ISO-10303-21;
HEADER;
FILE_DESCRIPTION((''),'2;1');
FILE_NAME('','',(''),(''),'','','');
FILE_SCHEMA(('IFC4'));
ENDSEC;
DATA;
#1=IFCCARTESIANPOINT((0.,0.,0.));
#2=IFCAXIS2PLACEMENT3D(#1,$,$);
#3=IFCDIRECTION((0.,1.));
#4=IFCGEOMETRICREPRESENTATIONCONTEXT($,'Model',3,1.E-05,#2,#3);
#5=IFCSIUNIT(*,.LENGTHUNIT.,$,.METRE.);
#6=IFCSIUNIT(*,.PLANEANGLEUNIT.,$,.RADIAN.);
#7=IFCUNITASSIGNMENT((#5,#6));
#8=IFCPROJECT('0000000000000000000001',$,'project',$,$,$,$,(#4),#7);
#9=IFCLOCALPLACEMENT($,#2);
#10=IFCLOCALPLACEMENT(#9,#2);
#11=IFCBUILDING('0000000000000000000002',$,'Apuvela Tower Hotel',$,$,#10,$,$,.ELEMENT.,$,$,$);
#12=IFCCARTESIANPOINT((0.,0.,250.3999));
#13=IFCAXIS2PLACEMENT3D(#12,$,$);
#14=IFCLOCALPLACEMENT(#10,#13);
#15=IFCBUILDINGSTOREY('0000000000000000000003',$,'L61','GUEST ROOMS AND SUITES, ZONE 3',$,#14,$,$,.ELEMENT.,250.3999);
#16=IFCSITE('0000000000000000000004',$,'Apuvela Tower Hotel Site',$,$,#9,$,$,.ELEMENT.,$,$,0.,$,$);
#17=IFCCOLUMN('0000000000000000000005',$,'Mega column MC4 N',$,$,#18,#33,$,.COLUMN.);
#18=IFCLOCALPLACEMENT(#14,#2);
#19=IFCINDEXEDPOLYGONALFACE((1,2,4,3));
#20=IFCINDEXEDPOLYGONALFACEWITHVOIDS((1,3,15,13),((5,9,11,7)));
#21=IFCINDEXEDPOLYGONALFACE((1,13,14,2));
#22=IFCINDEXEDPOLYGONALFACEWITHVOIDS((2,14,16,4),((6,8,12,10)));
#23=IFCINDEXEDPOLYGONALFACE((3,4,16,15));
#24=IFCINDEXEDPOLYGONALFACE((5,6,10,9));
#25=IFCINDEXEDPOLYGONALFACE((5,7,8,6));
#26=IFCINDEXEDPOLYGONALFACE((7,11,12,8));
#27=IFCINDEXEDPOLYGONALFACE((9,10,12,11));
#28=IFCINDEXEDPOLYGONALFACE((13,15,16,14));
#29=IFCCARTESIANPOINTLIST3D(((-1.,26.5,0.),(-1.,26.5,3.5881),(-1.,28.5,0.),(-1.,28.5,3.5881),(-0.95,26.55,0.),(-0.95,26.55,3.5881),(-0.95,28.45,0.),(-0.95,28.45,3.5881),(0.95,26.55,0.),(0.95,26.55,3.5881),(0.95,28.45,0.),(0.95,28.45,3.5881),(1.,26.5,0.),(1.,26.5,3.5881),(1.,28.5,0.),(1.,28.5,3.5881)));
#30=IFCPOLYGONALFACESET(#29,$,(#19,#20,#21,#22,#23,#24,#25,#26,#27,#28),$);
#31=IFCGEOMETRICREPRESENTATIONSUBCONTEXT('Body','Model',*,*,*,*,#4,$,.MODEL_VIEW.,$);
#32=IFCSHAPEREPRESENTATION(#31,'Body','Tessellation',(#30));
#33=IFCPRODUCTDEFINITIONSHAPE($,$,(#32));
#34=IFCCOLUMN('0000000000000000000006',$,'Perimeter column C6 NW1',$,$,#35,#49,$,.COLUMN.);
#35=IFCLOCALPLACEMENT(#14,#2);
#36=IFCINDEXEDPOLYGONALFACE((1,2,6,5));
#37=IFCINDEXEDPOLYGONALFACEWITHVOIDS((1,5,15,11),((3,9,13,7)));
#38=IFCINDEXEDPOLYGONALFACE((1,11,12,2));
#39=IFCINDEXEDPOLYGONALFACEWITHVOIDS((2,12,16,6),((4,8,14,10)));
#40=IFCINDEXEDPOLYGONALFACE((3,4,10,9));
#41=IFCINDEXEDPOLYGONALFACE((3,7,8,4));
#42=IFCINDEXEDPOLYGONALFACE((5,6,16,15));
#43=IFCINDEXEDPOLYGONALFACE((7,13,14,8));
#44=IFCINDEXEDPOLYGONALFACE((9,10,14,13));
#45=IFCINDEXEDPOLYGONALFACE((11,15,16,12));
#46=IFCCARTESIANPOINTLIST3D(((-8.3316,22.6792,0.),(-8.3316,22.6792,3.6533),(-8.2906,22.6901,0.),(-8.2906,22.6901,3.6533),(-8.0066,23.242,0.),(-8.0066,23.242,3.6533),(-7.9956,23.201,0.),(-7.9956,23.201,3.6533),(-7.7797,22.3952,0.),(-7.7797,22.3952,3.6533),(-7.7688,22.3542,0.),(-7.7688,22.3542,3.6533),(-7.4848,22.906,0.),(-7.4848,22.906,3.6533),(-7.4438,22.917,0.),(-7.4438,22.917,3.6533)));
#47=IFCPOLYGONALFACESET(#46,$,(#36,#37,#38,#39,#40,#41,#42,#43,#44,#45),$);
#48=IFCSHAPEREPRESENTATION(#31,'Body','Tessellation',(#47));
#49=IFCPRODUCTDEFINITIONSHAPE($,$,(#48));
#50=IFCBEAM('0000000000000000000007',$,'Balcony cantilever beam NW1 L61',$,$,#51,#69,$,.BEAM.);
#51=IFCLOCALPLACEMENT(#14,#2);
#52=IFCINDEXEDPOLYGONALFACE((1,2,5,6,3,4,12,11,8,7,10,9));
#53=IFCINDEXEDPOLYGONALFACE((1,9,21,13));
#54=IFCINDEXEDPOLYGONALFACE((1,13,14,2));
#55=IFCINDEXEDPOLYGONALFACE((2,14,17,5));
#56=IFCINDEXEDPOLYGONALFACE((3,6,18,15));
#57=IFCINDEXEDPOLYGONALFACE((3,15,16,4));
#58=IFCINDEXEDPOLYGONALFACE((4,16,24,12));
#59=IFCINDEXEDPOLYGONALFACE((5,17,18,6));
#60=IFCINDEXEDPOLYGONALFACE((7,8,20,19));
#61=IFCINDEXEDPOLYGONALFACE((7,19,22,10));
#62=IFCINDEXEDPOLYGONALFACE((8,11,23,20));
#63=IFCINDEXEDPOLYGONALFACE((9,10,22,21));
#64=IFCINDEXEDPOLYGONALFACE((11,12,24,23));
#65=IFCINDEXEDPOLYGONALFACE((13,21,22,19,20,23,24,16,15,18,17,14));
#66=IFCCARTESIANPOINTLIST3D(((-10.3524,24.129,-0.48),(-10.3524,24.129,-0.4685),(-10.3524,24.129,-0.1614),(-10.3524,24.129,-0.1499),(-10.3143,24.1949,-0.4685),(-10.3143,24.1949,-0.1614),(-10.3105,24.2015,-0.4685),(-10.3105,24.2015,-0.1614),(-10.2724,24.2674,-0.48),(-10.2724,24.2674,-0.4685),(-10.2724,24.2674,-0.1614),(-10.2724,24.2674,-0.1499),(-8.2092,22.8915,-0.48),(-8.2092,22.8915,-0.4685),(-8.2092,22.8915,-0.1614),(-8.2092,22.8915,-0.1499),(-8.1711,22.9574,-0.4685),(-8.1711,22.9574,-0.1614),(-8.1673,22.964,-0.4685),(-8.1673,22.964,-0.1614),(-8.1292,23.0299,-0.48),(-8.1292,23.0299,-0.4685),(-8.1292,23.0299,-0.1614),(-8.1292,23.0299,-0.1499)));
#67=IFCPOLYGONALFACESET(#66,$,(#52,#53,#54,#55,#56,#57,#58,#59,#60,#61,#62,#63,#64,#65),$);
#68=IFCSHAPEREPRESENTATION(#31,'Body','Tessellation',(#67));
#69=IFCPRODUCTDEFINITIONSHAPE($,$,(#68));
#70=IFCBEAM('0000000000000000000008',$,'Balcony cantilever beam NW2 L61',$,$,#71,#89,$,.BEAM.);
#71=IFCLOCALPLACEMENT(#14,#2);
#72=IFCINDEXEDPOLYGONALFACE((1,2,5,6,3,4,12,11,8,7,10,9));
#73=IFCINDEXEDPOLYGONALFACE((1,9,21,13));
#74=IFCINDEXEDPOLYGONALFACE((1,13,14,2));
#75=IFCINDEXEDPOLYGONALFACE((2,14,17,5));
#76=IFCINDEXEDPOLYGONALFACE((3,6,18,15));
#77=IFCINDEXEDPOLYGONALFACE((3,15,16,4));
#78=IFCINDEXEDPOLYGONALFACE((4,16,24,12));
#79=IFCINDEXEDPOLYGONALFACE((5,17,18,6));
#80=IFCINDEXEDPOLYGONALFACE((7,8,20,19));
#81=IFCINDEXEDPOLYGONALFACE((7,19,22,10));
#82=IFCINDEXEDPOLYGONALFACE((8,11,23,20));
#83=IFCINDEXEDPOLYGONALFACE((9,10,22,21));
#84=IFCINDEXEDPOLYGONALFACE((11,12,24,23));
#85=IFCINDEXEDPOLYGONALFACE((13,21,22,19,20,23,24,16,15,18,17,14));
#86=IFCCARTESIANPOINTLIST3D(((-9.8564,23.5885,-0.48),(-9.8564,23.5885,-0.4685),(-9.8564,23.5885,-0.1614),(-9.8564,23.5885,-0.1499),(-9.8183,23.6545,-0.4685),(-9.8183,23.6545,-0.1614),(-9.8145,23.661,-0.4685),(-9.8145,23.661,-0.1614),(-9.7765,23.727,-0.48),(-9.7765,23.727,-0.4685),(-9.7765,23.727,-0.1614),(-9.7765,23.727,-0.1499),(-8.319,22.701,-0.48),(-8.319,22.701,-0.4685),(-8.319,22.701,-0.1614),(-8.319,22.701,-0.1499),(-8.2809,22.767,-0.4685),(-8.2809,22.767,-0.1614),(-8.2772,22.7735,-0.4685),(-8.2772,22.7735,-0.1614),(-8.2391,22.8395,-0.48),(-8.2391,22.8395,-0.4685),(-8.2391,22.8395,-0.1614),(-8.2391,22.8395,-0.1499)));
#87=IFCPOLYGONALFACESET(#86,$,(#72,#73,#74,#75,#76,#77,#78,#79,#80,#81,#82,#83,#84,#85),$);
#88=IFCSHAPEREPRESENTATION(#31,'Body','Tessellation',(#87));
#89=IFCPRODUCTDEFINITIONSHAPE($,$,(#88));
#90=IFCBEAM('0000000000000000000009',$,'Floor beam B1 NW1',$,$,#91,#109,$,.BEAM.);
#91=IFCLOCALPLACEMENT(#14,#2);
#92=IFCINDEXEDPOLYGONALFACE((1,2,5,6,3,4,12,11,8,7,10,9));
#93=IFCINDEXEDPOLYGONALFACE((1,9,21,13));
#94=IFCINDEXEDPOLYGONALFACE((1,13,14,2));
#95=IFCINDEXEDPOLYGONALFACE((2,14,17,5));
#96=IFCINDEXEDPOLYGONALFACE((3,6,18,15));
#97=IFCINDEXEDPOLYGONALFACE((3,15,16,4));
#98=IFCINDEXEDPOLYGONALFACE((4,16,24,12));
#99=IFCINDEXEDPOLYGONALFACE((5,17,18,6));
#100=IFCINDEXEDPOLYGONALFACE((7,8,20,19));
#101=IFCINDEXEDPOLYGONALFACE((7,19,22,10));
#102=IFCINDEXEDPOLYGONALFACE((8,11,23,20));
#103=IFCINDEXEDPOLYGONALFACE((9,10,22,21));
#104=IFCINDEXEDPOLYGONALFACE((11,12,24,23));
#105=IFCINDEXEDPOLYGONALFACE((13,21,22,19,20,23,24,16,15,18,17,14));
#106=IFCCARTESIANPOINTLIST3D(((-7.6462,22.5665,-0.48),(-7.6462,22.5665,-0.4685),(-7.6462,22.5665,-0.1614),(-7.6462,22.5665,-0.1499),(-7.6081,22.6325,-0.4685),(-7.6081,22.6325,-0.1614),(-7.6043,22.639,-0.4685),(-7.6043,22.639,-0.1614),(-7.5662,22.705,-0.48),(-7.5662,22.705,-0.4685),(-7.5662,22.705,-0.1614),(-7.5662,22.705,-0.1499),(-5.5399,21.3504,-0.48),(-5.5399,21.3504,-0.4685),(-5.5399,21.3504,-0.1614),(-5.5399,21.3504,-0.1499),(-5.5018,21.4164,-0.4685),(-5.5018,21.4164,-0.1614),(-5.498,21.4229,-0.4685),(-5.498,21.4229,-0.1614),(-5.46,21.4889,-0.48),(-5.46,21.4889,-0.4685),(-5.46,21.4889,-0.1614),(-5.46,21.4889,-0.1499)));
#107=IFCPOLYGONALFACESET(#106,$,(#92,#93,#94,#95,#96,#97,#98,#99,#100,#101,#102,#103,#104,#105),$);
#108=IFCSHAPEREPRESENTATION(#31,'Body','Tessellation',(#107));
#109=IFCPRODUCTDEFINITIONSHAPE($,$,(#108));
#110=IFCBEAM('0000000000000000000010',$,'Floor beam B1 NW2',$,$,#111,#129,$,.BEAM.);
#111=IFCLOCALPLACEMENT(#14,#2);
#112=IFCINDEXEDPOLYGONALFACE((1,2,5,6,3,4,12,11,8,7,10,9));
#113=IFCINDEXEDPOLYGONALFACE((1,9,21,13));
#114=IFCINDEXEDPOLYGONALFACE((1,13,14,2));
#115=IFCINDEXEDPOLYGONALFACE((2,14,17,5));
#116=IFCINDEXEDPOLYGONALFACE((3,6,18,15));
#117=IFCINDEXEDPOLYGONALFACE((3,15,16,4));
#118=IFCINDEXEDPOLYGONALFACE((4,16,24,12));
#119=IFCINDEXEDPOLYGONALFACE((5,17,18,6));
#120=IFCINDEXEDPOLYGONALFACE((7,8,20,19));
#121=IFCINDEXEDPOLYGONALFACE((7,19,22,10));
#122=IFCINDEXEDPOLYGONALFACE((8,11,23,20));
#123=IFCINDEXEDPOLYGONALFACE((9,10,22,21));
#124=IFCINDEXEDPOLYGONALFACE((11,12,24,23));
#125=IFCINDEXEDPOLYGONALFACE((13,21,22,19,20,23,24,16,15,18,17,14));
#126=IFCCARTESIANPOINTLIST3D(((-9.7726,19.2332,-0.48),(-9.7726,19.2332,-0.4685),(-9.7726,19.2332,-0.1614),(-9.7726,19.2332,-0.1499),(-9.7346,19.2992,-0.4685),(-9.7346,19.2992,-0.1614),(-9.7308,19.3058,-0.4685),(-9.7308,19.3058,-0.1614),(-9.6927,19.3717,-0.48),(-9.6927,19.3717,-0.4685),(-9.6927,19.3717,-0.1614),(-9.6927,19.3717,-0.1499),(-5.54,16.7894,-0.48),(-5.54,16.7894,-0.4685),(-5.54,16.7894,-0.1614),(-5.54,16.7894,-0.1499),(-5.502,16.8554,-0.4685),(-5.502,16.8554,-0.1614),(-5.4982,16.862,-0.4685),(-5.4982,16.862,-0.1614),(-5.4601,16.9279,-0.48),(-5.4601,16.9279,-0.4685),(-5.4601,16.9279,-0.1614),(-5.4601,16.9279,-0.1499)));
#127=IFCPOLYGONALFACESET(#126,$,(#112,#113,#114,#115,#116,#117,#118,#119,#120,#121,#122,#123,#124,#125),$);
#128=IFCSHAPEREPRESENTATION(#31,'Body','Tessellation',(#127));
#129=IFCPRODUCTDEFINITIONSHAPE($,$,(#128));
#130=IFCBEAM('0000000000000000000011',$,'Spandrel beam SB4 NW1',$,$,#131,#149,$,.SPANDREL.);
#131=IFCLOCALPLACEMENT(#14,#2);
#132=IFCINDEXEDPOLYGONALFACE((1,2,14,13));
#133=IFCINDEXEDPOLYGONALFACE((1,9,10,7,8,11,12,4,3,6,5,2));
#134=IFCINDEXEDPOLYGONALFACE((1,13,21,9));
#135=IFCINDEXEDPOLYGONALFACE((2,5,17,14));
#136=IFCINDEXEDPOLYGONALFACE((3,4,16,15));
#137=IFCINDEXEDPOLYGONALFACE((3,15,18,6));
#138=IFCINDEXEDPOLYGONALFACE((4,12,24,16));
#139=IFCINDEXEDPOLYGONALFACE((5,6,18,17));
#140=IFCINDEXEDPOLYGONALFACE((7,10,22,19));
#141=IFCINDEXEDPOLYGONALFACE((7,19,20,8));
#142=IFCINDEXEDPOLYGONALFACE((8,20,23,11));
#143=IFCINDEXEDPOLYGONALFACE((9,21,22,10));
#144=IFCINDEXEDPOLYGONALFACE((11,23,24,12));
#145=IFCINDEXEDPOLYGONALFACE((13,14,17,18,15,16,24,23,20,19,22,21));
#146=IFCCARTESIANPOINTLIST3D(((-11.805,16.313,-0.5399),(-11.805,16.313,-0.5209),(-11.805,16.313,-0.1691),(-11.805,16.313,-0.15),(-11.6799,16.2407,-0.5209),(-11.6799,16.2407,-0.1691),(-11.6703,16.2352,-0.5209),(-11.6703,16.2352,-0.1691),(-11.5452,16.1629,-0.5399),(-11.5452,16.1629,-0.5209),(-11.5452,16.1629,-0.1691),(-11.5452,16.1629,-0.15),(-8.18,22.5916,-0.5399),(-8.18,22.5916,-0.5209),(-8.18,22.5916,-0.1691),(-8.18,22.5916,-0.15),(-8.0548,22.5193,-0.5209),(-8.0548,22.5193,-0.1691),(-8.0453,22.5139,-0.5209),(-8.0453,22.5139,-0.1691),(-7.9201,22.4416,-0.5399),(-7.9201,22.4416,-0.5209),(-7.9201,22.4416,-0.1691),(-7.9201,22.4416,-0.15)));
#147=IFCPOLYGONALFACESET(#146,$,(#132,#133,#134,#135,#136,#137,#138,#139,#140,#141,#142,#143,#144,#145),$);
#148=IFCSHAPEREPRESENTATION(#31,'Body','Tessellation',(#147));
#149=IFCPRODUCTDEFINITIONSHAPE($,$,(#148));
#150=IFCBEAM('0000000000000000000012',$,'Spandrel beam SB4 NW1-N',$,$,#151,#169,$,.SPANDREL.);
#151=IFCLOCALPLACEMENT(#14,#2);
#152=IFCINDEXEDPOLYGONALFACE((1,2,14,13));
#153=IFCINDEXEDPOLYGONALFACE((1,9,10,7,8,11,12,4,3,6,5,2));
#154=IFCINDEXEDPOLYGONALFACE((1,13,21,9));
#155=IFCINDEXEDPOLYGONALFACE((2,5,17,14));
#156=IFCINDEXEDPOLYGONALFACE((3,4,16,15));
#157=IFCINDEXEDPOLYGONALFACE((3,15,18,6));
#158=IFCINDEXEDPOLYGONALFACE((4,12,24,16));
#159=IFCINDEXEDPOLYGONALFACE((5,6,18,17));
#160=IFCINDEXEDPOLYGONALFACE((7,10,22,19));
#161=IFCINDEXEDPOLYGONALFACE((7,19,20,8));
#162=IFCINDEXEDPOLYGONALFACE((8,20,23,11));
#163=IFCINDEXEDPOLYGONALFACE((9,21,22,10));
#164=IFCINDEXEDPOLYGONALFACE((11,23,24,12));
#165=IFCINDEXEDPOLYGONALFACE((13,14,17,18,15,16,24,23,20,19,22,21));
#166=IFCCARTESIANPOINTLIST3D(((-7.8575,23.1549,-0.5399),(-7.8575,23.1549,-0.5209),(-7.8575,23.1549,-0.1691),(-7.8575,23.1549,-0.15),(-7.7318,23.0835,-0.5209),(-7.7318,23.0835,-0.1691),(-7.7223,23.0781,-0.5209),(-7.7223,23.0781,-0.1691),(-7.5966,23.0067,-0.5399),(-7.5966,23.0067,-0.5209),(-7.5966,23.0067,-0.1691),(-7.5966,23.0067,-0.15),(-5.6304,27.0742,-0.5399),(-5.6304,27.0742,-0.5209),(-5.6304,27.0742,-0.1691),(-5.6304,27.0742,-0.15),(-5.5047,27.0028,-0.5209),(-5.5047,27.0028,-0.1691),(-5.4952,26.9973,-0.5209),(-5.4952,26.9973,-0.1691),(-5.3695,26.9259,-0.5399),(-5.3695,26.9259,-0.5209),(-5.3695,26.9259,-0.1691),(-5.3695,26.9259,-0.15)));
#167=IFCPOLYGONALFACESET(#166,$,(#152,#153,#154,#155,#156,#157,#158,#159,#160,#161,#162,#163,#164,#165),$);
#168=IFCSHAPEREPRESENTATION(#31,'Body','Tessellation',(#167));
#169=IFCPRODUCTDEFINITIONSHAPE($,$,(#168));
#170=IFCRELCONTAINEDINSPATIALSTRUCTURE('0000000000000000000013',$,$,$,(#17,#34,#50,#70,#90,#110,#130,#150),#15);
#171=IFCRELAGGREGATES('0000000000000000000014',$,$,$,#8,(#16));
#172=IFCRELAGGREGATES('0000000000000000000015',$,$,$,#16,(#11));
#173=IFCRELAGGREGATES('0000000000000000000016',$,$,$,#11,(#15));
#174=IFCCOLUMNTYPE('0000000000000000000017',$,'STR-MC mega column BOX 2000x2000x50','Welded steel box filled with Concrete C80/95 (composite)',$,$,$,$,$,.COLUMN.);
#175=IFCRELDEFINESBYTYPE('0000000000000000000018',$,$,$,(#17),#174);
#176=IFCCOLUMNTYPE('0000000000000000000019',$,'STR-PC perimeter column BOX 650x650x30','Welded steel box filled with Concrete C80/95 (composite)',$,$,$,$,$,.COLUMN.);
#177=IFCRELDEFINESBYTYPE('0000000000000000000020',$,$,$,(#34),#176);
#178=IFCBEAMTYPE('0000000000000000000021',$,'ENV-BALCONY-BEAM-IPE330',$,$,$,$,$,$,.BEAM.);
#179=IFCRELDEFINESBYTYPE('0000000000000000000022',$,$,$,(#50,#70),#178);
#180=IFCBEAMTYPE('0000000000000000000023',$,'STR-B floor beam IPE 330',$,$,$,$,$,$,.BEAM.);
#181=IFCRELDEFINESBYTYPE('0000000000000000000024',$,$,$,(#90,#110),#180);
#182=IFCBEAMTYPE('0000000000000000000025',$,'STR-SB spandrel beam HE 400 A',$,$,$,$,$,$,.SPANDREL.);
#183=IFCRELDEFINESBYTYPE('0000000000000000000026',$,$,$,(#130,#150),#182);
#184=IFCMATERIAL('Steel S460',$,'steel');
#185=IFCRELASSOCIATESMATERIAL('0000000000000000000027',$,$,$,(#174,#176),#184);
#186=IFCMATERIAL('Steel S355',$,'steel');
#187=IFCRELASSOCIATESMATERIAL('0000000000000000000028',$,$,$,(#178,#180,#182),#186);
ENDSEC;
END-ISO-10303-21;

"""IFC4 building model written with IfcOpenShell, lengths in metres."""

from ifc_helpers import new_model, si_unit, direction, frame, origin, origin_2d, place, context, subcontext, project, spatial, rectangle, hollow_rectangle, i_section, extrude, boolean, halfspace, material, material_profile, profile_set, type_object, element, save


model = new_model("IFC4")

# Units and contexts
model_context = context("Model", 3, precision=1e-05, world=origin(), true_north=direction((0.0, 1.0)))
body_context = subcontext(model_context, "Body", "Model", "MODEL_VIEW")
ifc_project = project(units=[si_unit("LENGTHUNIT", "METRE"), si_unit("PLANEANGLEUNIT", "RADIAN")], contexts=[model_context])

# Site, building, storey
site_placement = place(None, origin())
site = spatial("IfcSite", under=ifc_project, at=site_placement, Name="Apuvela Tower Hotel Site", CompositionType="ELEMENT", RefElevation=0.0)
building_placement = place(site_placement, origin())
building = spatial("IfcBuilding", under=site, at=building_placement, Name="Apuvela Tower Hotel", CompositionType="ELEMENT")
storey_placement = place(building_placement, frame((0.0, 0.0, 250.3999)))
storey = spatial("IfcBuildingStorey", under=building, at=storey_placement, Name="L61", Description="GUEST ROOMS AND SUITES, ZONE 3", CompositionType="ELEMENT", Elevation=250.3999)

# Columns
ifc_material_1 = material(Name="Steel S460", Category="steel")
ifc_material_profile_1 = material_profile(ifc_material_1, hollow_rectangle(XDim=2.0, YDim=2.0, WallThickness=0.05, at=origin_2d()), Name="BOX 2000x2000x50")
ifc_material_2 = material(Name="Concrete C80/95", Category="concrete")
ifc_material_profile_2 = material_profile(ifc_material_2, rectangle(XDim=1.8999, YDim=1.8999, at=origin_2d()), Name="Concrete C80/95 infill")
ifc_profile_set_1 = profile_set([ifc_material_profile_1, ifc_material_profile_2], Name="Steel S460")
column_type_1 = type_object("IfcColumnType", Name="STR-MC mega column BOX 2000x2000x50", Description="Welded steel box filled with Concrete C80/95 (composite)", PredefinedType="COLUMN", material=ifc_profile_set_1)
column_1_placement = place(storey_placement, frame((0.0, 27.5, 0.0), z_axis=(0.0, 0.0, 1.0), x_axis=(1.0, 0.0, 0.0)))
element("IfcColumn", 1, at=column_1_placement, inside=storey, type_object=column_type_1, Name="Mega column MC4 N", PredefinedType="COLUMN", context=body_context, shape_type="SweptSolid", body=[
    boolean("DIFFERENCE", extrude(hollow_rectangle(XDim=2.0, YDim=2.0, WallThickness=0.05, at=origin_2d()), origin(), (0.0, 0.0, 1.0), 3.7002), halfspace(frame((0.0, 0.0, 3.5881), z_axis=(0.0, 0.0, 1.0), x_axis=(1.0, 0.0, 0.0)), False)),
])
ifc_material_profile_3 = material_profile(ifc_material_1, hollow_rectangle(XDim=0.6499, YDim=0.6499, WallThickness=0.03, at=origin_2d()), Name="BOX 650x650x30")
ifc_material_profile_4 = material_profile(ifc_material_2, rectangle(XDim=0.5901, YDim=0.5901, at=origin_2d()), Name="Concrete C80/95 infill")
ifc_profile_set_2 = profile_set([ifc_material_profile_3, ifc_material_profile_4], Name="Steel S460")
column_type_2 = type_object("IfcColumnType", Name="STR-PC perimeter column BOX 650x650x30", Description="Welded steel box filled with Concrete C80/95 (composite)", PredefinedType="COLUMN", material=ifc_profile_set_2)
column_2_placement = place(storey_placement, frame((-7.8877, 22.7981, 0.0), z_axis=(0.0, 0.0, 1.0), x_axis=(0.5, 0.866025, 0.0)))
element("IfcColumn", 2, at=column_2_placement, inside=storey, type_object=column_type_2, Name="Perimeter column C6 NW1", PredefinedType="COLUMN", context=body_context, shape_type="SweptSolid", body=[
    boolean("DIFFERENCE", extrude(hollow_rectangle(XDim=0.6499, YDim=0.6499, WallThickness=0.03, at=origin_2d()), origin(), (0.0, 0.0, 1.0), 3.7002), halfspace(frame((0.0, 0.0, 3.6533), z_axis=(0.0, 0.0, 1.0), x_axis=(1.0, 0.0, 0.0)), False)),
])

# Beams
ifc_material_3 = material(Name="Steel S355", Category="steel")
ifc_material_profile_5 = material_profile(ifc_material_3, i_section(OverallWidth=0.1599, OverallDepth=0.3301, WebThickness=0.0076, FlangeThickness=0.0115, at=origin_2d()), Name="IPE 330")
ifc_profile_set_3 = profile_set([ifc_material_profile_5], Name="Steel S355")
beam_type_1 = type_object("IfcBeamType", Name="ENV-BALCONY-BEAM-IPE330", PredefinedType="BEAM", material=ifc_profile_set_3)
beam_1_placement = place(storey_placement, frame((-8.1692, 22.9607, -0.3149), z_axis=(-0.866007, 0.500033, 0.0), x_axis=(-0.500033, -0.866007, 0.0)))
element("IfcBeam", 3, at=beam_1_placement, inside=storey, type_object=beam_type_1, Name="Balcony cantilever beam NW1 L61", PredefinedType="BEAM", context=body_context, shape_type="SweptSolid", body=[
    extrude(i_section(OverallWidth=0.1599, OverallDepth=0.3301, WebThickness=0.0076, FlangeThickness=0.0115, at=origin_2d()), origin(), (0.0, 0.0, 1.0), 2.4749),
])
beam_2_placement = place(storey_placement, frame((-8.2791, 22.7703, -0.3149), z_axis=(-0.86606, 0.499941, 0.0), x_axis=(-0.499941, -0.86606, 0.0)))
element("IfcBeam", 4, at=beam_2_placement, inside=storey, type_object=beam_type_1, Name="Balcony cantilever beam NW2 L61", PredefinedType="BEAM", context=body_context, shape_type="SweptSolid", body=[
    extrude(i_section(OverallWidth=0.1599, OverallDepth=0.3301, WebThickness=0.0076, FlangeThickness=0.0115, at=origin_2d()), origin(), (0.0, 0.0, 1.0), 1.7751),
])
ifc_material_profile_6 = material_profile(ifc_material_3, i_section(OverallWidth=0.1599, OverallDepth=0.3301, WebThickness=0.0076, FlangeThickness=0.0115, at=origin_2d()), Name="IPE 330")
ifc_profile_set_4 = profile_set([ifc_material_profile_6], Name="Steel S355")
beam_type_2 = type_object("IfcBeamType", Name="STR-B floor beam IPE 330", PredefinedType="BEAM", material=ifc_profile_set_4)
beam_3_placement = place(storey_placement, frame((-7.6062, 22.6357, -0.3149), z_axis=(0.866017, -0.500015, 0.0), x_axis=(0.500015, 0.866017, 0.0)))
element("IfcBeam", 5, at=beam_3_placement, inside=storey, type_object=beam_type_2, Name="Floor beam B1 NW1", PredefinedType="BEAM", context=body_context, shape_type="SweptSolid", body=[
    extrude(i_section(OverallWidth=0.1599, OverallDepth=0.3301, WebThickness=0.0076, FlangeThickness=0.0115, at=origin_2d()), origin(), (0.0, 0.0, 1.0), 2.4321),
])
beam_4_placement = place(storey_placement, frame((-9.7327, 19.3025, -0.3149), z_axis=(0.866015, -0.500018, 0.0), x_axis=(0.500018, 0.866015, 0.0)))
element("IfcBeam", 6, at=beam_4_placement, inside=storey, type_object=beam_type_2, Name="Floor beam B1 NW2", PredefinedType="BEAM", context=body_context, shape_type="SweptSolid", body=[
    extrude(i_section(OverallWidth=0.1599, OverallDepth=0.3301, WebThickness=0.0076, FlangeThickness=0.0115, at=origin_2d()), origin(), (0.0, 0.0, 1.0), 4.8875),
])
ifc_material_profile_7 = material_profile(ifc_material_3, i_section(OverallWidth=0.3, OverallDepth=0.3899, WebThickness=0.011, FlangeThickness=0.019, at=origin_2d()), Name="HE 400 A")
ifc_profile_set_5 = profile_set([ifc_material_profile_7], Name="Steel S355")
beam_type_3 = type_object("IfcBeamType", Name="STR-SB spandrel beam HE 400 A", PredefinedType="SPANDREL", material=ifc_profile_set_5)
beam_5_placement = place(storey_placement, frame((-8.05, 22.5166, -0.345), z_axis=(-0.500007, -0.866021, 0.0), x_axis=(0.866021, -0.500007, 0.0)))
element("IfcBeam", 7, at=beam_5_placement, inside=storey, type_object=beam_type_3, Name="Spandrel beam SB4 NW1", PredefinedType="SPANDREL", context=body_context, shape_type="SweptSolid", body=[
    extrude(i_section(OverallWidth=0.3, OverallDepth=0.3899, WebThickness=0.011, FlangeThickness=0.019, at=origin_2d()), origin(), (0.0, 0.0, 1.0), 7.25),
])
beam_6_placement = place(storey_placement, frame((-7.7271, 23.0808, -0.345), z_axis=(0.494049, 0.869434, 0.0), x_axis=(-0.869434, 0.494049, 0.0)))
element("IfcBeam", 8, at=beam_6_placement, inside=storey, type_object=beam_type_3, Name="Spandrel beam SB4 NW1-N", PredefinedType="SPANDREL", context=body_context, shape_type="SweptSolid", body=[
    extrude(i_section(OverallWidth=0.3, OverallDepth=0.3899, WebThickness=0.011, FlangeThickness=0.019, at=origin_2d()), origin(), (0.0, 0.0, 1.0), 4.5078),
])

save(model, "model.ifc")
